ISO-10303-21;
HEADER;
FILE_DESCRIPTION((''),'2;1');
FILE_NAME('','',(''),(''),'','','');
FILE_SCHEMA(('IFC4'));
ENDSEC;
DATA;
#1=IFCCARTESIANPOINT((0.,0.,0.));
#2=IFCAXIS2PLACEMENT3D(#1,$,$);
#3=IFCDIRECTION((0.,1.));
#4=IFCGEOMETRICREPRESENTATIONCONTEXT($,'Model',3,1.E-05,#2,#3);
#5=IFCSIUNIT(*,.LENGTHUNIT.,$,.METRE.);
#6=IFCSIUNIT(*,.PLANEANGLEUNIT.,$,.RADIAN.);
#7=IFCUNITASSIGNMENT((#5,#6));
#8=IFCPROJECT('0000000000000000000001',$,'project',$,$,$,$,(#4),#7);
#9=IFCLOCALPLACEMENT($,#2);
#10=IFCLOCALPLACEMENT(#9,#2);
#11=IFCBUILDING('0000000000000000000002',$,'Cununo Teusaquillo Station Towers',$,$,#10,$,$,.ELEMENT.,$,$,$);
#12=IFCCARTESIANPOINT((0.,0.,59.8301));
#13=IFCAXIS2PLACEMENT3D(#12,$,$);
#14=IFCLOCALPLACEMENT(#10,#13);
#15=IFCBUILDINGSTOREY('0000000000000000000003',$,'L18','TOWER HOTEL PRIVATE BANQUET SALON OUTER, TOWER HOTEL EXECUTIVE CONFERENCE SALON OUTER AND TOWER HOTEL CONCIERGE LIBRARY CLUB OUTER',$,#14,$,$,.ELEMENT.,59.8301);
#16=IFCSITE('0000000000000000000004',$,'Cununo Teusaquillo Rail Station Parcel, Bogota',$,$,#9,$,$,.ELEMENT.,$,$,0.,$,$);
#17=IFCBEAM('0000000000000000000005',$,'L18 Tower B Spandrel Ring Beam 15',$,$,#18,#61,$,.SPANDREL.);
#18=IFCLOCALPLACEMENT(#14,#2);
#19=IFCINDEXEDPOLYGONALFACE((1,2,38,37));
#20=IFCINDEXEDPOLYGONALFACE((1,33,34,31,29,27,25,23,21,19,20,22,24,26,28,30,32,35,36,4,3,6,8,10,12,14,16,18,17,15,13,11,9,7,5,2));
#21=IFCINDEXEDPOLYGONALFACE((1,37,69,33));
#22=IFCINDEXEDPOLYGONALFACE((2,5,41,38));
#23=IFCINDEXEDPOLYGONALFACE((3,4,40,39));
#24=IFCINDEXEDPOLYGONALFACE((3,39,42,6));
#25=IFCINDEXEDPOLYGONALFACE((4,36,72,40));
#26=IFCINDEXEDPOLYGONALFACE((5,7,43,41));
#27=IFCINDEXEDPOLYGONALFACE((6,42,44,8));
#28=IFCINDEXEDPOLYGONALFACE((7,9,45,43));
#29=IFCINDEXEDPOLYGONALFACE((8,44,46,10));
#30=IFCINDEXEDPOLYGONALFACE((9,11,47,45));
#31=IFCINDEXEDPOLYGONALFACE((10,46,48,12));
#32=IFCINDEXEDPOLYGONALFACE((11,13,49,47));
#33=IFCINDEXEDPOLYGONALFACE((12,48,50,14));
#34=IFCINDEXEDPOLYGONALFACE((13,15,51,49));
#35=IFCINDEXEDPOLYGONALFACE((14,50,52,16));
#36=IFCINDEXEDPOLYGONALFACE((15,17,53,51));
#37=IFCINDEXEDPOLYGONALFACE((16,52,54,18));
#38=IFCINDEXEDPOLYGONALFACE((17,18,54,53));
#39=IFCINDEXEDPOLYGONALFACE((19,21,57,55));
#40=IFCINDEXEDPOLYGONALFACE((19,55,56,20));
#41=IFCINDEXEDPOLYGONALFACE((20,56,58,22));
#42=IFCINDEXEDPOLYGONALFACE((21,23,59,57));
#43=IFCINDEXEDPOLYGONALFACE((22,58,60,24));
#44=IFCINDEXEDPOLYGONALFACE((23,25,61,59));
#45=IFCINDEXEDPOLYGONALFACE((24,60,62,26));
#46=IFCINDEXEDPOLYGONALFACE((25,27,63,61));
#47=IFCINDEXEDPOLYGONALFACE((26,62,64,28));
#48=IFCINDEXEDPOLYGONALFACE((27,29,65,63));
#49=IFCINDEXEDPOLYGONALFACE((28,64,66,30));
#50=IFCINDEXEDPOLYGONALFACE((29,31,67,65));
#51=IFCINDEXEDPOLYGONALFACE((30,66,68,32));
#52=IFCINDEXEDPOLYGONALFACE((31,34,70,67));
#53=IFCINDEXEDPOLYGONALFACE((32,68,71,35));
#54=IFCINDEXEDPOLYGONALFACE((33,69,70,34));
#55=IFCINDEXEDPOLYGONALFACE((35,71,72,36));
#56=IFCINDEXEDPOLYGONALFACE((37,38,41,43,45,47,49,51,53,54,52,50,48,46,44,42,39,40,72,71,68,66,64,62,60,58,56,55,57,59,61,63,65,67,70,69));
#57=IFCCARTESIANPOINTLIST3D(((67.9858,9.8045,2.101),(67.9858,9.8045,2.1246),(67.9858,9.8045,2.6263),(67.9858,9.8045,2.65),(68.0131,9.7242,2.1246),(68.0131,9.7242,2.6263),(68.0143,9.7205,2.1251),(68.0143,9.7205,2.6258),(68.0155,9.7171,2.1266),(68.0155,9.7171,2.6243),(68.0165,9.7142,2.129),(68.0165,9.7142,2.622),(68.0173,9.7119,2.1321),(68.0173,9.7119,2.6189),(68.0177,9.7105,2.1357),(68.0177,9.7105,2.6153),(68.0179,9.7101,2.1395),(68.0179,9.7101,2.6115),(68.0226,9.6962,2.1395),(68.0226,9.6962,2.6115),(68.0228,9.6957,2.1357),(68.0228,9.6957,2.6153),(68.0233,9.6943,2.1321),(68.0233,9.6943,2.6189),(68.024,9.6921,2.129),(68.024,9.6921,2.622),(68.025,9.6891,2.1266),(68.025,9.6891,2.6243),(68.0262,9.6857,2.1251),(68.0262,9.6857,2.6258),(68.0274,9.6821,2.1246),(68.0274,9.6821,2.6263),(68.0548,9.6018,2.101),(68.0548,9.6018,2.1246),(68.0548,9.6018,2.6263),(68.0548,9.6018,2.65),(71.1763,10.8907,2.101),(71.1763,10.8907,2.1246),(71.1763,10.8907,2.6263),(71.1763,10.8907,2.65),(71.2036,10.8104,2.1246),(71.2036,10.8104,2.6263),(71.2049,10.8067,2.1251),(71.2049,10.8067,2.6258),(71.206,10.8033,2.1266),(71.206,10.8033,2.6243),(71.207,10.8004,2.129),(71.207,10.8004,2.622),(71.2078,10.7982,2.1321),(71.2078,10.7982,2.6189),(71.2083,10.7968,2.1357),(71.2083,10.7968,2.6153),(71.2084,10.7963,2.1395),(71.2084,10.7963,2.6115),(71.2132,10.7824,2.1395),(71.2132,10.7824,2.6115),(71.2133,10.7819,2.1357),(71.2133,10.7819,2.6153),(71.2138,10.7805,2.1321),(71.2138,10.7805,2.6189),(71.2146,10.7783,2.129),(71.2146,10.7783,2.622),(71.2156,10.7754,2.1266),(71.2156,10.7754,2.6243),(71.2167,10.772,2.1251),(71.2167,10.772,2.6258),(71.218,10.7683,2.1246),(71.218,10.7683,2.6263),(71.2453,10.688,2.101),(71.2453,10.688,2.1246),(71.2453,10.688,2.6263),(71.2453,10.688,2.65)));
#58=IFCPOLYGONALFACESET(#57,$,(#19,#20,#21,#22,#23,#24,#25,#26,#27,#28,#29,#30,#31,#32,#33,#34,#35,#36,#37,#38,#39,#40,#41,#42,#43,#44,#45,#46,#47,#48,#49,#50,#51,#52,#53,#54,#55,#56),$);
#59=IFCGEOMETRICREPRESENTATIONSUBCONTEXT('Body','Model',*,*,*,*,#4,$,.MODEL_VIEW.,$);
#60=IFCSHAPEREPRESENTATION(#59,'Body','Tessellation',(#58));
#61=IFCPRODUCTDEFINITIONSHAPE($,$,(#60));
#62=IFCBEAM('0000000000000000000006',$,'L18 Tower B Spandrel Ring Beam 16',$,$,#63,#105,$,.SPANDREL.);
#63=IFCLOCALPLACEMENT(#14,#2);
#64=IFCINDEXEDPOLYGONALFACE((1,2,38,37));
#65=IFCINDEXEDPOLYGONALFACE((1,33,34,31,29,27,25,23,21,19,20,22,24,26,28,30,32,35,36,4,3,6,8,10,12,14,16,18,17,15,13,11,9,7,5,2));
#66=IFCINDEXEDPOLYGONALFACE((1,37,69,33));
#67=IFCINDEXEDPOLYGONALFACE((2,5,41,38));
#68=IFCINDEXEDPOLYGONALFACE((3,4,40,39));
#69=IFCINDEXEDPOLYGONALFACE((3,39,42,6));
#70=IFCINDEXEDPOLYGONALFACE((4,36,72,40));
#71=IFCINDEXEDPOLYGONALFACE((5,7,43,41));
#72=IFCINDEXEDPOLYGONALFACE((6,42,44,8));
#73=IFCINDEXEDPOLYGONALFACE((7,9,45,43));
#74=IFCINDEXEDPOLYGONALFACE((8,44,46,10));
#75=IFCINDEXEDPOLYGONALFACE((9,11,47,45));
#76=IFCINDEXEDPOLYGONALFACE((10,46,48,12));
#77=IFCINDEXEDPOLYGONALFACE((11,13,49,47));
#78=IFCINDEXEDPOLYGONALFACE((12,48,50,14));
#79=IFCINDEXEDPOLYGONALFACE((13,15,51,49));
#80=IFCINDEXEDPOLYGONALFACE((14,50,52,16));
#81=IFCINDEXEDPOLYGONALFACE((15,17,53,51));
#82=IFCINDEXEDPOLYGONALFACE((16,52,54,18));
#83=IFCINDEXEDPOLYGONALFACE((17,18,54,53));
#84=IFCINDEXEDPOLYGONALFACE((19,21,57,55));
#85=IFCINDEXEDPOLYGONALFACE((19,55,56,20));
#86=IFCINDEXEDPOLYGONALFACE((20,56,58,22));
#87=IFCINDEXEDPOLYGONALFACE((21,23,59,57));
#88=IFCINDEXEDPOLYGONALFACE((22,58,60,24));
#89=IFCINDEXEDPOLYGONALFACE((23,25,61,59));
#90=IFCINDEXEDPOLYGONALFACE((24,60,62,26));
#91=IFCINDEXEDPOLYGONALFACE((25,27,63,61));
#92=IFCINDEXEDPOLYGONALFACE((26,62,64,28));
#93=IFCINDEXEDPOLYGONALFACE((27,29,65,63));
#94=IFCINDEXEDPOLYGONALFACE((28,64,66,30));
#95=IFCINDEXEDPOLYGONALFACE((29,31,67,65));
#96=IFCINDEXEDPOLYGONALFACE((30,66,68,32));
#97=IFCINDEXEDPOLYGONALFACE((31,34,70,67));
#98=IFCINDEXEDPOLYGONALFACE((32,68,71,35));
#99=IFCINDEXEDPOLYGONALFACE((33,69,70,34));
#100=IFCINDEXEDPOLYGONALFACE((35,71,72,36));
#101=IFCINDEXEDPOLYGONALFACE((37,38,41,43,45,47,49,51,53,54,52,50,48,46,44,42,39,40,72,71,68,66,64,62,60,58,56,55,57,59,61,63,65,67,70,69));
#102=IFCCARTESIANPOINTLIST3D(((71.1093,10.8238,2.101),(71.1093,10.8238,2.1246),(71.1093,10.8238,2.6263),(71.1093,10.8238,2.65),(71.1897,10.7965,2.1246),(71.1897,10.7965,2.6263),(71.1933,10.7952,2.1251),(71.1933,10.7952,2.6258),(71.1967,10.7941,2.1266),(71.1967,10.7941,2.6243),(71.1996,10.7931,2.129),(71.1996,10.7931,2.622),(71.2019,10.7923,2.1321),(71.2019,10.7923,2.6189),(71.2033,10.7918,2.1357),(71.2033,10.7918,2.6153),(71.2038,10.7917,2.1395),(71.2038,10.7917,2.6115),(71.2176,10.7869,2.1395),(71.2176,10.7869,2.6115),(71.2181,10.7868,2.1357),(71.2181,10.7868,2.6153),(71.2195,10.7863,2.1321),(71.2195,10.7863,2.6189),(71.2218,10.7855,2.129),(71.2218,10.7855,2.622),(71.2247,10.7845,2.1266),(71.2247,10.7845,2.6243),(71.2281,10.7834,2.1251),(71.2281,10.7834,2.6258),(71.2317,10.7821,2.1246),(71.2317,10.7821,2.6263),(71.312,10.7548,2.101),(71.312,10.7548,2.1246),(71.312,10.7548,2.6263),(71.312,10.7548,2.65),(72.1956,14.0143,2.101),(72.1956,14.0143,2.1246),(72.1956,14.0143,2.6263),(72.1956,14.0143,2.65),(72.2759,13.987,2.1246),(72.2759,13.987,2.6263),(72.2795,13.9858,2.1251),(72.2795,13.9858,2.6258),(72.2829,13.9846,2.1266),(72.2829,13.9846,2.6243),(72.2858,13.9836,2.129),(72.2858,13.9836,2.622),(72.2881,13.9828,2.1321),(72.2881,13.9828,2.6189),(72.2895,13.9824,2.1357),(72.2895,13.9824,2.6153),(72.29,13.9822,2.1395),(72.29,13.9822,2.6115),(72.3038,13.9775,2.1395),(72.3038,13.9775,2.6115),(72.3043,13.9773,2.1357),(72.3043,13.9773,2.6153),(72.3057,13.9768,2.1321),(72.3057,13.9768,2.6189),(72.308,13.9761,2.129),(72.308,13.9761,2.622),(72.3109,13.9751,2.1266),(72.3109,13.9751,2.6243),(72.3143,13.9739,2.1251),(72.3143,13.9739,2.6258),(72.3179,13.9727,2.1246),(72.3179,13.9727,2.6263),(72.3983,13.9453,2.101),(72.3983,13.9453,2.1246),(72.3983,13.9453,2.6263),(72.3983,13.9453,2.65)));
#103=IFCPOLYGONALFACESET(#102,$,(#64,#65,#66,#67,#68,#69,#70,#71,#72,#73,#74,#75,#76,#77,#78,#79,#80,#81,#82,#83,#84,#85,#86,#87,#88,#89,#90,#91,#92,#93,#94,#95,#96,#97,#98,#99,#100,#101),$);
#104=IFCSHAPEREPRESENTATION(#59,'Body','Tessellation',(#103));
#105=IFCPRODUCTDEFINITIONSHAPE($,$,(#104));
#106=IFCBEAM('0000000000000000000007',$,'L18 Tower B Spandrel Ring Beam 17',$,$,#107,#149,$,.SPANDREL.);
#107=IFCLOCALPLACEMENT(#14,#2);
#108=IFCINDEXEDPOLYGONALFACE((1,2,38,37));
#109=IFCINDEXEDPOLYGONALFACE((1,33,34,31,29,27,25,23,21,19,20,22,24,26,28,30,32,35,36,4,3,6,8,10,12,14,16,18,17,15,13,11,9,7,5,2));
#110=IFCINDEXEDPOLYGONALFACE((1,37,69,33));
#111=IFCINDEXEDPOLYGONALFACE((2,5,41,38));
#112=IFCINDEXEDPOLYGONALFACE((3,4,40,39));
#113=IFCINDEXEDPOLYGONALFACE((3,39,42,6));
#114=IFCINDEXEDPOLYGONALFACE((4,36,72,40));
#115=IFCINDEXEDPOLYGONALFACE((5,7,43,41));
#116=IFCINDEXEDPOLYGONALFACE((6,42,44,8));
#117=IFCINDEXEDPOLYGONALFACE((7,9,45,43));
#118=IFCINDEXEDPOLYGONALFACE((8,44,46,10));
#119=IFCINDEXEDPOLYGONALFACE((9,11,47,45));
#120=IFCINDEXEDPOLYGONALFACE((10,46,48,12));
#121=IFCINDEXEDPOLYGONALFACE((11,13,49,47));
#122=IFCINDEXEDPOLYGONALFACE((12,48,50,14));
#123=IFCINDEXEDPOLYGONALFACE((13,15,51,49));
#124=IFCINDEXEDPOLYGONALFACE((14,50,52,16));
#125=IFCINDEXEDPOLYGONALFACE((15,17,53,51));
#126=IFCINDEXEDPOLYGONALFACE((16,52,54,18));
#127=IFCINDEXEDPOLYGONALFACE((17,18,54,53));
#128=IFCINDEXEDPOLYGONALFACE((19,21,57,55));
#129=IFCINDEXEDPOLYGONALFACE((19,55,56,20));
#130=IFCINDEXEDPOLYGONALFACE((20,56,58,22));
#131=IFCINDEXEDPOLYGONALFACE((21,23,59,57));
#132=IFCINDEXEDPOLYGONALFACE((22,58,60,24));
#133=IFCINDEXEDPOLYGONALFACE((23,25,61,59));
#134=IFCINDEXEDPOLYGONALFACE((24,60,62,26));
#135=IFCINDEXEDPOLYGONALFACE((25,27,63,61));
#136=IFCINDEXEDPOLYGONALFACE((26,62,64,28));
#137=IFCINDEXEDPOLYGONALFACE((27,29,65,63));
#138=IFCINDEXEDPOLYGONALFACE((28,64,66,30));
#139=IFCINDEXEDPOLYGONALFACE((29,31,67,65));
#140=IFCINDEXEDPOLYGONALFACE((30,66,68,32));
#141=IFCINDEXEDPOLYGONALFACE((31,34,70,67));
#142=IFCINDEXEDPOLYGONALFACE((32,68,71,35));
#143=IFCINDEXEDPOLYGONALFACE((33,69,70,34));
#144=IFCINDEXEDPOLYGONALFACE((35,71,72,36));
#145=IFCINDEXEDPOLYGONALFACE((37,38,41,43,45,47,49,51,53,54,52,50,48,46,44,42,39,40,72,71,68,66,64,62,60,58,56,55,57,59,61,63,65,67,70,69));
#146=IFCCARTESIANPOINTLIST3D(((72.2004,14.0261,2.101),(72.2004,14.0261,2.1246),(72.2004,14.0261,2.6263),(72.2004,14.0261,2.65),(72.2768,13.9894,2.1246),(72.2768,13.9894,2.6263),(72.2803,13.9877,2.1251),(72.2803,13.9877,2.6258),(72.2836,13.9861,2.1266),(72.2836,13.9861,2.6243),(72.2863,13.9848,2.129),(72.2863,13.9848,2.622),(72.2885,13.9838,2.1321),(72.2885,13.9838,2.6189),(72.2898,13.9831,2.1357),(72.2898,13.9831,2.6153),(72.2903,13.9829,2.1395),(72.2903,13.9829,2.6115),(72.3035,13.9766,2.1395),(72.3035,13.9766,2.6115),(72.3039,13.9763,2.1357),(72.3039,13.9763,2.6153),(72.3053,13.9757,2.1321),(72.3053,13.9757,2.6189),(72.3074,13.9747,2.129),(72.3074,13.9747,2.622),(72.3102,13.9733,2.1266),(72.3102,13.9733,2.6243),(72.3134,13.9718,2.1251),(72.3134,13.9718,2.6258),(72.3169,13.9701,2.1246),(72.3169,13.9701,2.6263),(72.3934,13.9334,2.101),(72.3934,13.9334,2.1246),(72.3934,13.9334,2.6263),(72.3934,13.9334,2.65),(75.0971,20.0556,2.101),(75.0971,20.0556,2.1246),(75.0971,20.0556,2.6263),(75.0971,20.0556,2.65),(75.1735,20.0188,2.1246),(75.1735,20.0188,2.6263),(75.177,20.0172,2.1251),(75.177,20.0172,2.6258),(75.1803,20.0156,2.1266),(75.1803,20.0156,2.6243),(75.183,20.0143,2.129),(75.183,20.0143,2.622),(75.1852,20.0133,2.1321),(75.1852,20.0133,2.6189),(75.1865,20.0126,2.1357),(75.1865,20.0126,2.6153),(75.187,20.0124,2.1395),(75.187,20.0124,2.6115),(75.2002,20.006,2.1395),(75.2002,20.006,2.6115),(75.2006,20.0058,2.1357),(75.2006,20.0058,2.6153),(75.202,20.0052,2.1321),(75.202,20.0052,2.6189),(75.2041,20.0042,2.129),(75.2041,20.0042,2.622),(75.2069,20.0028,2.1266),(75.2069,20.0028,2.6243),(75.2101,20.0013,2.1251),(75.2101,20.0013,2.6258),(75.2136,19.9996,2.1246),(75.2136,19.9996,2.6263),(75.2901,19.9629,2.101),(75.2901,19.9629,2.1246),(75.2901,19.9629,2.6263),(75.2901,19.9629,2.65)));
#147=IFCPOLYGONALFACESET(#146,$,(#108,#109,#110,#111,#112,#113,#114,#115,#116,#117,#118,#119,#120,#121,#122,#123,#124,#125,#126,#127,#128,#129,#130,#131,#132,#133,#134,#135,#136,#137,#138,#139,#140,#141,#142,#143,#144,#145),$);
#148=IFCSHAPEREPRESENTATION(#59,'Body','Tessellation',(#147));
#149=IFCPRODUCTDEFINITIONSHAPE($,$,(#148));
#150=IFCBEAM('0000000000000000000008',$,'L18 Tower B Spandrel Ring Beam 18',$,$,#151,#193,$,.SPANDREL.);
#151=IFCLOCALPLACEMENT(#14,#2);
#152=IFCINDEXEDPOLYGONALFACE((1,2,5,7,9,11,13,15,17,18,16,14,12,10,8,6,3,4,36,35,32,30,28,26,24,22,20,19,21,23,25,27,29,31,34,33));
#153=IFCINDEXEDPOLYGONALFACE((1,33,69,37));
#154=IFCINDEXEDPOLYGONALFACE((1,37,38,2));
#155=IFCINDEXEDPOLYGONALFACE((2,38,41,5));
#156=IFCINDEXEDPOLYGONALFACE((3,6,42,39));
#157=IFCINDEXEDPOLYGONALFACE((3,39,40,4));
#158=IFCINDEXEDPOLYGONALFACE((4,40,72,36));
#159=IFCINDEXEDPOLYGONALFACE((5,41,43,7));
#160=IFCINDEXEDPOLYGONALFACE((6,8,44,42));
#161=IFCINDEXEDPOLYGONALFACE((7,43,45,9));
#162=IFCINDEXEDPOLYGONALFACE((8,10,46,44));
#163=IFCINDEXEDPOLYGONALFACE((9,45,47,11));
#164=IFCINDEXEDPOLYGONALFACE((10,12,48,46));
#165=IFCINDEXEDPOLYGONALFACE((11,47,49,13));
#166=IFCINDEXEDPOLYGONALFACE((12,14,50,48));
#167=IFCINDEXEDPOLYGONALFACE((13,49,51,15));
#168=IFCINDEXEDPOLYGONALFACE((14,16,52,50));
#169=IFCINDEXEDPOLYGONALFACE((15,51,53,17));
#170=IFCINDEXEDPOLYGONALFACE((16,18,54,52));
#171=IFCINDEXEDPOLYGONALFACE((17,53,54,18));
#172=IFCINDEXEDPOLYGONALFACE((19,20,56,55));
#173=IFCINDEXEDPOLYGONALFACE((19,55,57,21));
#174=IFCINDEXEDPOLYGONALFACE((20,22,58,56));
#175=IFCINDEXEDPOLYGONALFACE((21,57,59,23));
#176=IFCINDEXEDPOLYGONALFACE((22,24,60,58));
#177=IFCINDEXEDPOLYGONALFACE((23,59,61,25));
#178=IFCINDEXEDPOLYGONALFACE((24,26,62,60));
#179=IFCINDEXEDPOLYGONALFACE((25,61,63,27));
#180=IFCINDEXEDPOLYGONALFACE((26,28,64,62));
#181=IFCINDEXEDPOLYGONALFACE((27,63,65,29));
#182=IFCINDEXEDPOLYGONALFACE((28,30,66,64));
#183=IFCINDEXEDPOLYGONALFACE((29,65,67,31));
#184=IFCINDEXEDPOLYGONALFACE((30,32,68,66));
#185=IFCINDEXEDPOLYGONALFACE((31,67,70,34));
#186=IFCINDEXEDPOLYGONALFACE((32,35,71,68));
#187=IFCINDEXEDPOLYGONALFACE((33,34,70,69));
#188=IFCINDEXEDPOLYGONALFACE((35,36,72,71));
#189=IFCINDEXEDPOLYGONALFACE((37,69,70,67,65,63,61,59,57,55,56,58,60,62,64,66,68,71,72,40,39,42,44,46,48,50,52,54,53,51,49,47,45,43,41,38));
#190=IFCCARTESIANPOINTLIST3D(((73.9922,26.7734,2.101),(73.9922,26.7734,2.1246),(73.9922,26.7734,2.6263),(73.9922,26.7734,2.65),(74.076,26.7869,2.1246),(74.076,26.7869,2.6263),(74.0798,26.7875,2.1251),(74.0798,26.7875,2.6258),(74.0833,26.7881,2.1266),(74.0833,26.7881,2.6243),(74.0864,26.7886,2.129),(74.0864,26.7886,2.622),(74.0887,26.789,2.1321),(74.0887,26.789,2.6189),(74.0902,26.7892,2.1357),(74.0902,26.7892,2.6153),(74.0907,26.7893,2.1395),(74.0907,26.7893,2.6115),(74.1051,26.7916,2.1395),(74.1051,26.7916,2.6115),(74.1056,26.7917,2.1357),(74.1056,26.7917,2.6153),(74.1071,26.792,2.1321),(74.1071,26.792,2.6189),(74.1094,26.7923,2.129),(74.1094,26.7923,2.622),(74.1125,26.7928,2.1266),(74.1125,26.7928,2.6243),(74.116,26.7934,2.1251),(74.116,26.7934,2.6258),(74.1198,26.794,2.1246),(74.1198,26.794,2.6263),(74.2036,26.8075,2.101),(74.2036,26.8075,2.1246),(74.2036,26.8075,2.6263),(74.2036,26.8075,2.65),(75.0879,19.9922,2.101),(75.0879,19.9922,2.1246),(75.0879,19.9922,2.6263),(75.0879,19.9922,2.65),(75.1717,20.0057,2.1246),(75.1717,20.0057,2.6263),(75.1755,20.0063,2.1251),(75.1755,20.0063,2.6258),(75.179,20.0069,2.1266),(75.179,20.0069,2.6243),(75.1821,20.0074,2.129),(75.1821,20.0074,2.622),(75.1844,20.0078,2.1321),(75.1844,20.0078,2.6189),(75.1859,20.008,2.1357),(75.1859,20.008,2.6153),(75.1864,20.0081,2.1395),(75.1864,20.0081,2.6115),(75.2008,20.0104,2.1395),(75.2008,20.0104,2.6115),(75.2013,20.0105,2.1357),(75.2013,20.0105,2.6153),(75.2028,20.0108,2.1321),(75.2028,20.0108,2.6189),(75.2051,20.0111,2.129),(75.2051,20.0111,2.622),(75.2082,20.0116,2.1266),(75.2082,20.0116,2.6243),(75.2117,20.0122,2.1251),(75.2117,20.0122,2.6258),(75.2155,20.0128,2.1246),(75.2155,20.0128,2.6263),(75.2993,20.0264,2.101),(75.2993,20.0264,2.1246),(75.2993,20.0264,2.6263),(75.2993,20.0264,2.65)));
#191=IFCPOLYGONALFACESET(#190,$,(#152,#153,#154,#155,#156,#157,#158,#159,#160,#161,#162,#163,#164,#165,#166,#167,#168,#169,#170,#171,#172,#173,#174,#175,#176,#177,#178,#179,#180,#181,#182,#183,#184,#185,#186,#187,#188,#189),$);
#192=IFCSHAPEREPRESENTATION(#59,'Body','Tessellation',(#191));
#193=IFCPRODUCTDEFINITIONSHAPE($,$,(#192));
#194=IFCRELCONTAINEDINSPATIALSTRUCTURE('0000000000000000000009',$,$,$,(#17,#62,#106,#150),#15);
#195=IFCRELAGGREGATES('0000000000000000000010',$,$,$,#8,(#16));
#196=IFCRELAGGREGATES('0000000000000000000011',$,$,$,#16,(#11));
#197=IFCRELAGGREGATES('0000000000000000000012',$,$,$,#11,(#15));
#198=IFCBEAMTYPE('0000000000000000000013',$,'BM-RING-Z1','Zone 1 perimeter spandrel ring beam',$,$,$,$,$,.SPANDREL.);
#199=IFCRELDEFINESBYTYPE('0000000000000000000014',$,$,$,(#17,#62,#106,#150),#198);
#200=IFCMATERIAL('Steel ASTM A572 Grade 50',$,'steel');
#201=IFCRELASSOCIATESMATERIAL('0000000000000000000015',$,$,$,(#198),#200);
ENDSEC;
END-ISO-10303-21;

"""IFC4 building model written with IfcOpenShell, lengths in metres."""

from ifc_helpers import new_model, si_unit, direction, frame, origin, origin_2d, place, context, subcontext, project, spatial, i_section, extrude, material, material_profile, profile_set, type_object, element, save


model = new_model("IFC4")

# Units and contexts
model_context = context("Model", 3, precision=1e-05, world=origin(), true_north=direction((0.0, 1.0)))
body_context = subcontext(model_context, "Body", "Model", "MODEL_VIEW")
ifc_project = project(units=[si_unit("LENGTHUNIT", "METRE"), si_unit("PLANEANGLEUNIT", "RADIAN")], contexts=[model_context])

# Site, building, storey
site_placement = place(None, origin())
site = spatial("IfcSite", under=ifc_project, at=site_placement, Name="Cununo Teusaquillo Rail Station Parcel, Bogota", CompositionType="ELEMENT", RefElevation=0.0)
building_placement = place(site_placement, origin())
building = spatial("IfcBuilding", under=site, at=building_placement, Name="Cununo Teusaquillo Station Towers", CompositionType="ELEMENT")
storey_placement = place(building_placement, frame((0.0, 0.0, 59.8301)))
storey = spatial("IfcBuildingStorey", under=building, at=storey_placement, Name="L18", Description="TOWER HOTEL PRIVATE BANQUET SALON OUTER, TOWER HOTEL EXECUTIVE CONFERENCE SALON OUTER AND TOWER HOTEL CONCIERGE LIBRARY CLUB OUTER", CompositionType="ELEMENT", Elevation=59.8301)

# Beams
ifc_material_1 = material(Name="Steel ASTM A572 Grade 50", Category="steel")
ifc_material_profile_1 = material_profile(ifc_material_1, i_section(OverallWidth=0.2141, OverallDepth=0.5491, WebThickness=0.0146, FlangeThickness=0.0237, FilletRadius=0.0149, at=origin_2d()), Name="W21X93")
ifc_profile_set_1 = profile_set([ifc_material_profile_1], Name="Steel ASTM A572 Grade 50")
beam_type_1 = type_object("IfcBeamType", Name="BM-RING-Z1", Description="Zone 1 perimeter spandrel ring beam", PredefinedType="SPANDREL", material=ifc_profile_set_1)
for number, where, z_axis, x_axis, name in (
    (1, (68.0203, 9.7031, 2.3755), (0.946643, 0.322285, 0.0), (-0.322285, 0.946643, 0.0), "L18 Tower B Spandrel Ring Beam 15"),
    (2, (71.2107, 10.7893, 2.3755), (0.322285, 0.946643, 0.0), (-0.946643, 0.322285, 0.0), "L18 Tower B Spandrel Ring Beam 16"),
):
    element("IfcBeam", number, at=place(storey_placement, frame(where, z_axis=z_axis, x_axis=x_axis)), inside=storey, type_object=beam_type_1, Name=name, PredefinedType="SPANDREL", context=body_context, shape_type="SweptSolid", body=[
        extrude(i_section(OverallWidth=0.2141, OverallDepth=0.5491, WebThickness=0.0146, FlangeThickness=0.0237, FilletRadius=0.0149, at=origin_2d()), origin(), (0.0, 0.0, 1.0), 3.3704),
    ])
beam_1_placement = place(storey_placement, frame((72.2969, 13.9797, 2.3755), z_axis=(0.433041, 0.901374, 0.0), x_axis=(-0.901374, 0.433041, 0.0)))
element("IfcBeam", 3, at=beam_1_placement, inside=storey, type_object=beam_type_1, Name="L18 Tower B Spandrel Ring Beam 17", PredefinedType="SPANDREL", context=body_context, shape_type="SweptSolid", body=[
    extrude(i_section(OverallWidth=0.2141, OverallDepth=0.5491, WebThickness=0.0146, FlangeThickness=0.0237, FilletRadius=0.0149, at=origin_2d()), origin(), (0.0, 0.0, 1.0), 6.6892),
])
beam_2_placement = place(storey_placement, frame((75.1936, 20.0093, 2.3755), z_axis=(-0.15951, 0.987196, 0.0), x_axis=(-0.987196, -0.15951, 0.0)))
element("IfcBeam", 4, at=beam_2_placement, inside=storey, type_object=beam_type_1, Name="L18 Tower B Spandrel Ring Beam 18", PredefinedType="SPANDREL", context=body_context, shape_type="SweptSolid", body=[
    extrude(i_section(OverallWidth=0.2141, OverallDepth=0.5491, WebThickness=0.0146, FlangeThickness=0.0237, FilletRadius=0.0149, at=origin_2d()), origin(), (0.0, 0.0, 1.0), 6.8691),
])

save(model, "model.ifc")
